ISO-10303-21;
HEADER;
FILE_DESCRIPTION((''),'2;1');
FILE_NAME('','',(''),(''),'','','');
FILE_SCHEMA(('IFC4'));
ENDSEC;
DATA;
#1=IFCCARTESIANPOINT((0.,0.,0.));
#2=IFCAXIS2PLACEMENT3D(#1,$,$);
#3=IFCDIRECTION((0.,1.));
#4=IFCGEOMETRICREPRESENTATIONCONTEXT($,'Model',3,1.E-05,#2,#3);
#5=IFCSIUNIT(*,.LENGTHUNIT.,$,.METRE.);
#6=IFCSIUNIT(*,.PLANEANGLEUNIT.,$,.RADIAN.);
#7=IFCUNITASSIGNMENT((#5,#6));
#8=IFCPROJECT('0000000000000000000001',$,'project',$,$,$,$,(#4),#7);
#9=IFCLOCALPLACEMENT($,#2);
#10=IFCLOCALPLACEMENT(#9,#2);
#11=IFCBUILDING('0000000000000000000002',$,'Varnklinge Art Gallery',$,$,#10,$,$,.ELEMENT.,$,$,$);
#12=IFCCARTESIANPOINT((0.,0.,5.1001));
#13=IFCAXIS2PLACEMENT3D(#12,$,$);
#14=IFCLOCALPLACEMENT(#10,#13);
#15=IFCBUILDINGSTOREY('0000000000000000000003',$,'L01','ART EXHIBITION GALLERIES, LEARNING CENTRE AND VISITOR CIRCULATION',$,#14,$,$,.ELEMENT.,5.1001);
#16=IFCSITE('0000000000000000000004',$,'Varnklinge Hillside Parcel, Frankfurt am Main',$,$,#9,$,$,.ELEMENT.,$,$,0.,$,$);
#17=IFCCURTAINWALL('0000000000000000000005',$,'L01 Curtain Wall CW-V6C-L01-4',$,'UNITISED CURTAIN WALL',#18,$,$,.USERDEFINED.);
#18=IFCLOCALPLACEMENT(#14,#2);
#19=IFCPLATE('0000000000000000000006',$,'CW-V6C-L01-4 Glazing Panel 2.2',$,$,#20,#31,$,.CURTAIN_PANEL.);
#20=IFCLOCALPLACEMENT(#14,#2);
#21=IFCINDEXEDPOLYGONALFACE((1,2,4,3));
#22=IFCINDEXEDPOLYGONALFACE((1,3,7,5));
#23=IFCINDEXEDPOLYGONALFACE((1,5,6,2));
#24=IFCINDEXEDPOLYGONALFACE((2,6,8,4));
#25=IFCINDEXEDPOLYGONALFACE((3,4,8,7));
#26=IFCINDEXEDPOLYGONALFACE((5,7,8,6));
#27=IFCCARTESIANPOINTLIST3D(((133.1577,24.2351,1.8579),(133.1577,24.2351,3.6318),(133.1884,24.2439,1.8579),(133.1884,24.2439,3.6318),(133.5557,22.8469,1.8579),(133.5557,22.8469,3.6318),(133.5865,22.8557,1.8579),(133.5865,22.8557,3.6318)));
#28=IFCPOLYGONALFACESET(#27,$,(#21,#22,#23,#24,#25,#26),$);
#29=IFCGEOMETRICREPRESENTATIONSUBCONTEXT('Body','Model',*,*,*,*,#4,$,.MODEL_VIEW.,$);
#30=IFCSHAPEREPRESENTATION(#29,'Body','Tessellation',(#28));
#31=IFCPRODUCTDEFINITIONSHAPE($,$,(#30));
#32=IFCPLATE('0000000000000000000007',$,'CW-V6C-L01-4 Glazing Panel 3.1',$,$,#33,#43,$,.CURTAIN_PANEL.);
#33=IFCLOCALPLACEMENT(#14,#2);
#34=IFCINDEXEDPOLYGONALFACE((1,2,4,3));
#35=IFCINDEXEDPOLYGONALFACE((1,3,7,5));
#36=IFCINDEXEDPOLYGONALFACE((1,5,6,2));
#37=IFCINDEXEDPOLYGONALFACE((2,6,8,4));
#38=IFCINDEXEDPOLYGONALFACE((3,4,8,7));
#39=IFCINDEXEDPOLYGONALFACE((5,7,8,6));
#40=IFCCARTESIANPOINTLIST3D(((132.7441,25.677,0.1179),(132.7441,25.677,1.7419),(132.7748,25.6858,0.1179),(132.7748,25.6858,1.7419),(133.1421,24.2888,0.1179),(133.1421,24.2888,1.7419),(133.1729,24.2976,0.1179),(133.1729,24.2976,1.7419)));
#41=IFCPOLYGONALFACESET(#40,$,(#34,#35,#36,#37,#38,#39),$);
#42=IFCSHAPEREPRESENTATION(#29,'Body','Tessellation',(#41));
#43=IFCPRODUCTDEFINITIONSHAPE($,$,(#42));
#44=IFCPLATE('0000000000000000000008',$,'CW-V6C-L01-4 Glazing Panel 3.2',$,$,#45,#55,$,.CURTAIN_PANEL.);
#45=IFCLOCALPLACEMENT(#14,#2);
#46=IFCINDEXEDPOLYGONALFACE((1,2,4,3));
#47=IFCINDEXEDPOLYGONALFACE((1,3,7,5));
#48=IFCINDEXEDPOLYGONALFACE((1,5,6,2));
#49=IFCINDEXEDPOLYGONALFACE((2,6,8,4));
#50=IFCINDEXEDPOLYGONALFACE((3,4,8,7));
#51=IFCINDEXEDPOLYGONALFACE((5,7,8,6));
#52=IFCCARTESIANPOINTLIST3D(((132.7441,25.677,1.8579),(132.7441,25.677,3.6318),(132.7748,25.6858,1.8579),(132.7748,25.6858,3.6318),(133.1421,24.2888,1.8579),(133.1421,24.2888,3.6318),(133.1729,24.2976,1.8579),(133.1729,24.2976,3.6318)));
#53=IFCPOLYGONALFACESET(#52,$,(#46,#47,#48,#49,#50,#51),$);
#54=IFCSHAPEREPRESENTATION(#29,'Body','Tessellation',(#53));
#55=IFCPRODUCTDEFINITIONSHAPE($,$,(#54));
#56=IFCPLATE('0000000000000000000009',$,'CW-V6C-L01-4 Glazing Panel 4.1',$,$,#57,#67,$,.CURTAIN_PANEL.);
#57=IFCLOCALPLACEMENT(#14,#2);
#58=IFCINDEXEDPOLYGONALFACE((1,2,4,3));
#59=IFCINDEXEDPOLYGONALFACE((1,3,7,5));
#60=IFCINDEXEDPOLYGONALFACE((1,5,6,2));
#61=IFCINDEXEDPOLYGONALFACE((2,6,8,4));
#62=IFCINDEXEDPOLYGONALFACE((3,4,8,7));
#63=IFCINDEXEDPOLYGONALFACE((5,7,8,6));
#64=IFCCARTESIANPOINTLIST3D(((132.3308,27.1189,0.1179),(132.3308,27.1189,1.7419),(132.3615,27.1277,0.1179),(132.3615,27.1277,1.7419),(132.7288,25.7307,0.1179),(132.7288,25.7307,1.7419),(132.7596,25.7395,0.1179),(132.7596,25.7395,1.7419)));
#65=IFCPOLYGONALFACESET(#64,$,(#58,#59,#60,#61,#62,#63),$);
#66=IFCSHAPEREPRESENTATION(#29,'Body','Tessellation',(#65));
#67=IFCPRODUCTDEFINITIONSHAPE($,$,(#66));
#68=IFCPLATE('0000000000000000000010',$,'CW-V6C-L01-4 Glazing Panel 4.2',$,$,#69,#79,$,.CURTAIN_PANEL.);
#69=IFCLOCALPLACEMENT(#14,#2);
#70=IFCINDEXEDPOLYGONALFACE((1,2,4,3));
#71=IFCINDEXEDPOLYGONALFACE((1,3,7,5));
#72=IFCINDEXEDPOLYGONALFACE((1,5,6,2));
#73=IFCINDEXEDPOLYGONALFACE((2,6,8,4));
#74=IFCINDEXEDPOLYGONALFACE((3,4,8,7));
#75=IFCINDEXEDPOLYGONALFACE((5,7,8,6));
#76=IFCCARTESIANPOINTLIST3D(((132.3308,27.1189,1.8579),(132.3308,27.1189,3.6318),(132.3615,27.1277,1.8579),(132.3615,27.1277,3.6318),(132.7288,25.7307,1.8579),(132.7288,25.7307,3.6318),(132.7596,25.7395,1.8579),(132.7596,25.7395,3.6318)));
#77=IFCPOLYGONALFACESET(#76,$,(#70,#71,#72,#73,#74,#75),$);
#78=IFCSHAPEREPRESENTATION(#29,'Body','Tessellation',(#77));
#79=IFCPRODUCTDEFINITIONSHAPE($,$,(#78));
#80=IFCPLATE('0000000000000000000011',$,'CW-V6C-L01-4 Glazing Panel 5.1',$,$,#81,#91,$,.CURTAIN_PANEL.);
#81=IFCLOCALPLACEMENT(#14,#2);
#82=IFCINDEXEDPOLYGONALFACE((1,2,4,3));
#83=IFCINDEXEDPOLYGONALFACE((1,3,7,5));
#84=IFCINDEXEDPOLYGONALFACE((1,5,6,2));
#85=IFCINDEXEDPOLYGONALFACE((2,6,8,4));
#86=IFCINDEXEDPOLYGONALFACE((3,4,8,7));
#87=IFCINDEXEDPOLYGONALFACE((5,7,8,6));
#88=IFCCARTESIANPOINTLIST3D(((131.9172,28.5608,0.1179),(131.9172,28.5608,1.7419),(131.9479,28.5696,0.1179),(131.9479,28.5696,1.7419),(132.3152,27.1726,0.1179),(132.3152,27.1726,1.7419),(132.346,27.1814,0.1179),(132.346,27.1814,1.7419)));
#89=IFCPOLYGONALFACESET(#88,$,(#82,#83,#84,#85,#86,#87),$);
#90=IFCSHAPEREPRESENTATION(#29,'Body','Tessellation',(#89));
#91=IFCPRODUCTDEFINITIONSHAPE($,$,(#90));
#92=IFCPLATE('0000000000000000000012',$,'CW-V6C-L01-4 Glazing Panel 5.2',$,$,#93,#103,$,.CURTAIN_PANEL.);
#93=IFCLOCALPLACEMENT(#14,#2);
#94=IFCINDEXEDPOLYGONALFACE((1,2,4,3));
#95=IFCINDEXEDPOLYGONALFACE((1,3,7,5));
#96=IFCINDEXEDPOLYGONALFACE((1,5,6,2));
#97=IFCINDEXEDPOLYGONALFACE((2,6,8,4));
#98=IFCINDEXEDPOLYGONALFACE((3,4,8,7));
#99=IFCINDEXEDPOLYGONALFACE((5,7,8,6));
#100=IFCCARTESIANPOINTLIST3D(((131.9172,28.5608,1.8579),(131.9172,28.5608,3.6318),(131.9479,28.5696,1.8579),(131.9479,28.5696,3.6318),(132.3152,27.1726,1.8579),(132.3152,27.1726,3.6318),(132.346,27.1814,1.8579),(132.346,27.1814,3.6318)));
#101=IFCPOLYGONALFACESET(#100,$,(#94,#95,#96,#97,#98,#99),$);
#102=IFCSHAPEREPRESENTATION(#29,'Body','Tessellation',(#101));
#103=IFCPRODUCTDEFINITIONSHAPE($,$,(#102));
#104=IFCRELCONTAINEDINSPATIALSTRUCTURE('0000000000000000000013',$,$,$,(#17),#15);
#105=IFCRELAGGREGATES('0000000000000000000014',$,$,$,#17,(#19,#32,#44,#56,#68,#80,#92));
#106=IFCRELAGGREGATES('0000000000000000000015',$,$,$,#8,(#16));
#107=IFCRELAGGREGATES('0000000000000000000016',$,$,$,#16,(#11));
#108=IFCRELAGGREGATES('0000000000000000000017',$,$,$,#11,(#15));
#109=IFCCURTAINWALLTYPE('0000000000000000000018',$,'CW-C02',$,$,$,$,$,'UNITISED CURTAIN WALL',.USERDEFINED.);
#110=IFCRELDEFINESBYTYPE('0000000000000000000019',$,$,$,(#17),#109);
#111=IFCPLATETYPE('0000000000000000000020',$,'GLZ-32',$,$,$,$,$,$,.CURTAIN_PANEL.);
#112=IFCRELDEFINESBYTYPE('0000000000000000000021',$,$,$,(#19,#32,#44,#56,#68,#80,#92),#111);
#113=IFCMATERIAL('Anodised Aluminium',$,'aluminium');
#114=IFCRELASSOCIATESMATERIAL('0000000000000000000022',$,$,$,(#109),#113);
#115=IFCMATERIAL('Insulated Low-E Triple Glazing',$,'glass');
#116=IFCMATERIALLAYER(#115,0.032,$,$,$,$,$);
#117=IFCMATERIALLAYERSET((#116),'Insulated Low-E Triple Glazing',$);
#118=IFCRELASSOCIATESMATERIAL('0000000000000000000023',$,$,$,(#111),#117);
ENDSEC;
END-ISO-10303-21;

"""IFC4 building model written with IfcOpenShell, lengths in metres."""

from ifc_helpers import new_model, si_unit, direction, frame, origin, origin_2d, place, context, subcontext, project, spatial, rectangle, extrude, material, layer, layer_set, type_object, element, aggregate, save


model = new_model("IFC4")

# Units and contexts
model_context = context("Model", 3, precision=1e-05, world=origin(), true_north=direction((0.0, 1.0)))
body_context = subcontext(model_context, "Body", "Model", "MODEL_VIEW")
ifc_project = project(units=[si_unit("LENGTHUNIT", "METRE"), si_unit("PLANEANGLEUNIT", "RADIAN")], contexts=[model_context])

# Site, building, storey
site_placement = place(None, origin())
site = spatial("IfcSite", under=ifc_project, at=site_placement, Name="Varnklinge Hillside Parcel, Frankfurt am Main", CompositionType="ELEMENT", RefElevation=0.0)
building_placement = place(site_placement, origin())
building = spatial("IfcBuilding", under=site, at=building_placement, Name="Varnklinge Art Gallery", CompositionType="ELEMENT")
storey_placement = place(building_placement, frame((0.0, 0.0, 5.1001)))
storey = spatial("IfcBuildingStorey", under=building, at=storey_placement, Name="L01", Description="ART EXHIBITION GALLERIES, LEARNING CENTRE AND VISITOR CIRCULATION", CompositionType="ELEMENT", Elevation=5.1001)

# Curtain wall
ifc_material_1 = material(Name="Anodised Aluminium", Category="aluminium")
curtain_wall_type = type_object("IfcCurtainWallType", Name="CW-C02", ElementType="UNITISED CURTAIN WALL", PredefinedType="USERDEFINED", material=ifc_material_1)
curtain_wall_1_placement = place(storey_placement, origin())
curtain_wall_1 = element("IfcCurtainWall", 1, at=curtain_wall_1_placement, inside=storey, type_object=curtain_wall_type, Name="L01 Curtain Wall CW-V6C-L01-4", ObjectType="UNITISED CURTAIN WALL", PredefinedType="USERDEFINED")

# Plates
ifc_material_2 = material(Name="Insulated Low-E Triple Glazing", Category="glass")
ifc_layer_1 = layer(ifc_material_2, 0.032)
ifc_layer_set_1 = layer_set([ifc_layer_1], Name="Insulated Low-E Triple Glazing")
plate_type = type_object("IfcPlateType", Name="GLZ-32", PredefinedType="CURTAIN_PANEL", material=ifc_layer_set_1)
plate_1_placement = place(storey_placement, frame((133.3721, 23.5454, 1.8579), z_axis=(0.0, 0.0, 1.0), x_axis=(-0.275637, 0.961262, 0.0)))
plate_1 = element("IfcPlate", 2, at=plate_1_placement, type_object=plate_type, Name="CW-V6C-L01-4 Glazing Panel 2.2", PredefinedType="CURTAIN_PANEL", context=body_context, shape_type="SweptSolid", body=[
    extrude(rectangle(XDim=1.4441, YDim=0.032, at=origin_2d()), origin(), (0.0, 0.0, 1.0), 1.7739),
])
plate_2_placement = place(storey_placement, frame((132.9585, 24.9873, 0.1179), z_axis=(0.0, 0.0, 1.0), x_axis=(-0.275637, 0.961262, 0.0)))
plate_2 = element("IfcPlate", 3, at=plate_2_placement, type_object=plate_type, Name="CW-V6C-L01-4 Glazing Panel 3.1", PredefinedType="CURTAIN_PANEL", context=body_context, shape_type="SweptSolid", body=[
    extrude(rectangle(XDim=1.4441, YDim=0.032, at=origin_2d()), origin(), (0.0, 0.0, 1.0), 1.624),
])
plate_3_placement = place(storey_placement, frame((132.9585, 24.9873, 1.8579), z_axis=(0.0, 0.0, 1.0), x_axis=(-0.275637, 0.961262, 0.0)))
plate_3 = element("IfcPlate", 4, at=plate_3_placement, type_object=plate_type, Name="CW-V6C-L01-4 Glazing Panel 3.2", PredefinedType="CURTAIN_PANEL", context=body_context, shape_type="SweptSolid", body=[
    extrude(rectangle(XDim=1.4441, YDim=0.032, at=origin_2d()), origin(), (0.0, 0.0, 1.0), 1.7739),
])
plate_4_placement = place(storey_placement, frame((132.5452, 26.4292, 0.1179), z_axis=(0.0, 0.0, 1.0), x_axis=(-0.275637, 0.961262, 0.0)))
plate_4 = element("IfcPlate", 5, at=plate_4_placement, type_object=plate_type, Name="CW-V6C-L01-4 Glazing Panel 4.1", PredefinedType="CURTAIN_PANEL", context=body_context, shape_type="SweptSolid", body=[
    extrude(rectangle(XDim=1.4441, YDim=0.032, at=origin_2d()), origin(), (0.0, 0.0, 1.0), 1.624),
])
plate_5_placement = place(storey_placement, frame((132.5452, 26.4292, 1.8579), z_axis=(0.0, 0.0, 1.0), x_axis=(-0.275637, 0.961262, 0.0)))
plate_5 = element("IfcPlate", 6, at=plate_5_placement, type_object=plate_type, Name="CW-V6C-L01-4 Glazing Panel 4.2", PredefinedType="CURTAIN_PANEL", context=body_context, shape_type="SweptSolid", body=[
    extrude(rectangle(XDim=1.4441, YDim=0.032, at=origin_2d()), origin(), (0.0, 0.0, 1.0), 1.7739),
])
plate_6_placement = place(storey_placement, frame((132.1316, 27.8711, 0.1179), z_axis=(0.0, 0.0, 1.0), x_axis=(-0.275637, 0.961262, 0.0)))
plate_6 = element("IfcPlate", 7, at=plate_6_placement, type_object=plate_type, Name="CW-V6C-L01-4 Glazing Panel 5.1", PredefinedType="CURTAIN_PANEL", context=body_context, shape_type="SweptSolid", body=[
    extrude(rectangle(XDim=1.4441, YDim=0.032, at=origin_2d()), origin(), (0.0, 0.0, 1.0), 1.624),
])
plate_7_placement = place(storey_placement, frame((132.1316, 27.8711, 1.8579), z_axis=(0.0, 0.0, 1.0), x_axis=(-0.275637, 0.961262, 0.0)))
plate_7 = element("IfcPlate", 8, at=plate_7_placement, type_object=plate_type, Name="CW-V6C-L01-4 Glazing Panel 5.2", PredefinedType="CURTAIN_PANEL", context=body_context, shape_type="SweptSolid", body=[
    extrude(rectangle(XDim=1.4441, YDim=0.032, at=origin_2d()), origin(), (0.0, 0.0, 1.0), 1.7739),
])
aggregate(curtain_wall_1, [plate_1, plate_2, plate_3, plate_4, plate_5, plate_6, plate_7])

save(model, "model.ifc")
